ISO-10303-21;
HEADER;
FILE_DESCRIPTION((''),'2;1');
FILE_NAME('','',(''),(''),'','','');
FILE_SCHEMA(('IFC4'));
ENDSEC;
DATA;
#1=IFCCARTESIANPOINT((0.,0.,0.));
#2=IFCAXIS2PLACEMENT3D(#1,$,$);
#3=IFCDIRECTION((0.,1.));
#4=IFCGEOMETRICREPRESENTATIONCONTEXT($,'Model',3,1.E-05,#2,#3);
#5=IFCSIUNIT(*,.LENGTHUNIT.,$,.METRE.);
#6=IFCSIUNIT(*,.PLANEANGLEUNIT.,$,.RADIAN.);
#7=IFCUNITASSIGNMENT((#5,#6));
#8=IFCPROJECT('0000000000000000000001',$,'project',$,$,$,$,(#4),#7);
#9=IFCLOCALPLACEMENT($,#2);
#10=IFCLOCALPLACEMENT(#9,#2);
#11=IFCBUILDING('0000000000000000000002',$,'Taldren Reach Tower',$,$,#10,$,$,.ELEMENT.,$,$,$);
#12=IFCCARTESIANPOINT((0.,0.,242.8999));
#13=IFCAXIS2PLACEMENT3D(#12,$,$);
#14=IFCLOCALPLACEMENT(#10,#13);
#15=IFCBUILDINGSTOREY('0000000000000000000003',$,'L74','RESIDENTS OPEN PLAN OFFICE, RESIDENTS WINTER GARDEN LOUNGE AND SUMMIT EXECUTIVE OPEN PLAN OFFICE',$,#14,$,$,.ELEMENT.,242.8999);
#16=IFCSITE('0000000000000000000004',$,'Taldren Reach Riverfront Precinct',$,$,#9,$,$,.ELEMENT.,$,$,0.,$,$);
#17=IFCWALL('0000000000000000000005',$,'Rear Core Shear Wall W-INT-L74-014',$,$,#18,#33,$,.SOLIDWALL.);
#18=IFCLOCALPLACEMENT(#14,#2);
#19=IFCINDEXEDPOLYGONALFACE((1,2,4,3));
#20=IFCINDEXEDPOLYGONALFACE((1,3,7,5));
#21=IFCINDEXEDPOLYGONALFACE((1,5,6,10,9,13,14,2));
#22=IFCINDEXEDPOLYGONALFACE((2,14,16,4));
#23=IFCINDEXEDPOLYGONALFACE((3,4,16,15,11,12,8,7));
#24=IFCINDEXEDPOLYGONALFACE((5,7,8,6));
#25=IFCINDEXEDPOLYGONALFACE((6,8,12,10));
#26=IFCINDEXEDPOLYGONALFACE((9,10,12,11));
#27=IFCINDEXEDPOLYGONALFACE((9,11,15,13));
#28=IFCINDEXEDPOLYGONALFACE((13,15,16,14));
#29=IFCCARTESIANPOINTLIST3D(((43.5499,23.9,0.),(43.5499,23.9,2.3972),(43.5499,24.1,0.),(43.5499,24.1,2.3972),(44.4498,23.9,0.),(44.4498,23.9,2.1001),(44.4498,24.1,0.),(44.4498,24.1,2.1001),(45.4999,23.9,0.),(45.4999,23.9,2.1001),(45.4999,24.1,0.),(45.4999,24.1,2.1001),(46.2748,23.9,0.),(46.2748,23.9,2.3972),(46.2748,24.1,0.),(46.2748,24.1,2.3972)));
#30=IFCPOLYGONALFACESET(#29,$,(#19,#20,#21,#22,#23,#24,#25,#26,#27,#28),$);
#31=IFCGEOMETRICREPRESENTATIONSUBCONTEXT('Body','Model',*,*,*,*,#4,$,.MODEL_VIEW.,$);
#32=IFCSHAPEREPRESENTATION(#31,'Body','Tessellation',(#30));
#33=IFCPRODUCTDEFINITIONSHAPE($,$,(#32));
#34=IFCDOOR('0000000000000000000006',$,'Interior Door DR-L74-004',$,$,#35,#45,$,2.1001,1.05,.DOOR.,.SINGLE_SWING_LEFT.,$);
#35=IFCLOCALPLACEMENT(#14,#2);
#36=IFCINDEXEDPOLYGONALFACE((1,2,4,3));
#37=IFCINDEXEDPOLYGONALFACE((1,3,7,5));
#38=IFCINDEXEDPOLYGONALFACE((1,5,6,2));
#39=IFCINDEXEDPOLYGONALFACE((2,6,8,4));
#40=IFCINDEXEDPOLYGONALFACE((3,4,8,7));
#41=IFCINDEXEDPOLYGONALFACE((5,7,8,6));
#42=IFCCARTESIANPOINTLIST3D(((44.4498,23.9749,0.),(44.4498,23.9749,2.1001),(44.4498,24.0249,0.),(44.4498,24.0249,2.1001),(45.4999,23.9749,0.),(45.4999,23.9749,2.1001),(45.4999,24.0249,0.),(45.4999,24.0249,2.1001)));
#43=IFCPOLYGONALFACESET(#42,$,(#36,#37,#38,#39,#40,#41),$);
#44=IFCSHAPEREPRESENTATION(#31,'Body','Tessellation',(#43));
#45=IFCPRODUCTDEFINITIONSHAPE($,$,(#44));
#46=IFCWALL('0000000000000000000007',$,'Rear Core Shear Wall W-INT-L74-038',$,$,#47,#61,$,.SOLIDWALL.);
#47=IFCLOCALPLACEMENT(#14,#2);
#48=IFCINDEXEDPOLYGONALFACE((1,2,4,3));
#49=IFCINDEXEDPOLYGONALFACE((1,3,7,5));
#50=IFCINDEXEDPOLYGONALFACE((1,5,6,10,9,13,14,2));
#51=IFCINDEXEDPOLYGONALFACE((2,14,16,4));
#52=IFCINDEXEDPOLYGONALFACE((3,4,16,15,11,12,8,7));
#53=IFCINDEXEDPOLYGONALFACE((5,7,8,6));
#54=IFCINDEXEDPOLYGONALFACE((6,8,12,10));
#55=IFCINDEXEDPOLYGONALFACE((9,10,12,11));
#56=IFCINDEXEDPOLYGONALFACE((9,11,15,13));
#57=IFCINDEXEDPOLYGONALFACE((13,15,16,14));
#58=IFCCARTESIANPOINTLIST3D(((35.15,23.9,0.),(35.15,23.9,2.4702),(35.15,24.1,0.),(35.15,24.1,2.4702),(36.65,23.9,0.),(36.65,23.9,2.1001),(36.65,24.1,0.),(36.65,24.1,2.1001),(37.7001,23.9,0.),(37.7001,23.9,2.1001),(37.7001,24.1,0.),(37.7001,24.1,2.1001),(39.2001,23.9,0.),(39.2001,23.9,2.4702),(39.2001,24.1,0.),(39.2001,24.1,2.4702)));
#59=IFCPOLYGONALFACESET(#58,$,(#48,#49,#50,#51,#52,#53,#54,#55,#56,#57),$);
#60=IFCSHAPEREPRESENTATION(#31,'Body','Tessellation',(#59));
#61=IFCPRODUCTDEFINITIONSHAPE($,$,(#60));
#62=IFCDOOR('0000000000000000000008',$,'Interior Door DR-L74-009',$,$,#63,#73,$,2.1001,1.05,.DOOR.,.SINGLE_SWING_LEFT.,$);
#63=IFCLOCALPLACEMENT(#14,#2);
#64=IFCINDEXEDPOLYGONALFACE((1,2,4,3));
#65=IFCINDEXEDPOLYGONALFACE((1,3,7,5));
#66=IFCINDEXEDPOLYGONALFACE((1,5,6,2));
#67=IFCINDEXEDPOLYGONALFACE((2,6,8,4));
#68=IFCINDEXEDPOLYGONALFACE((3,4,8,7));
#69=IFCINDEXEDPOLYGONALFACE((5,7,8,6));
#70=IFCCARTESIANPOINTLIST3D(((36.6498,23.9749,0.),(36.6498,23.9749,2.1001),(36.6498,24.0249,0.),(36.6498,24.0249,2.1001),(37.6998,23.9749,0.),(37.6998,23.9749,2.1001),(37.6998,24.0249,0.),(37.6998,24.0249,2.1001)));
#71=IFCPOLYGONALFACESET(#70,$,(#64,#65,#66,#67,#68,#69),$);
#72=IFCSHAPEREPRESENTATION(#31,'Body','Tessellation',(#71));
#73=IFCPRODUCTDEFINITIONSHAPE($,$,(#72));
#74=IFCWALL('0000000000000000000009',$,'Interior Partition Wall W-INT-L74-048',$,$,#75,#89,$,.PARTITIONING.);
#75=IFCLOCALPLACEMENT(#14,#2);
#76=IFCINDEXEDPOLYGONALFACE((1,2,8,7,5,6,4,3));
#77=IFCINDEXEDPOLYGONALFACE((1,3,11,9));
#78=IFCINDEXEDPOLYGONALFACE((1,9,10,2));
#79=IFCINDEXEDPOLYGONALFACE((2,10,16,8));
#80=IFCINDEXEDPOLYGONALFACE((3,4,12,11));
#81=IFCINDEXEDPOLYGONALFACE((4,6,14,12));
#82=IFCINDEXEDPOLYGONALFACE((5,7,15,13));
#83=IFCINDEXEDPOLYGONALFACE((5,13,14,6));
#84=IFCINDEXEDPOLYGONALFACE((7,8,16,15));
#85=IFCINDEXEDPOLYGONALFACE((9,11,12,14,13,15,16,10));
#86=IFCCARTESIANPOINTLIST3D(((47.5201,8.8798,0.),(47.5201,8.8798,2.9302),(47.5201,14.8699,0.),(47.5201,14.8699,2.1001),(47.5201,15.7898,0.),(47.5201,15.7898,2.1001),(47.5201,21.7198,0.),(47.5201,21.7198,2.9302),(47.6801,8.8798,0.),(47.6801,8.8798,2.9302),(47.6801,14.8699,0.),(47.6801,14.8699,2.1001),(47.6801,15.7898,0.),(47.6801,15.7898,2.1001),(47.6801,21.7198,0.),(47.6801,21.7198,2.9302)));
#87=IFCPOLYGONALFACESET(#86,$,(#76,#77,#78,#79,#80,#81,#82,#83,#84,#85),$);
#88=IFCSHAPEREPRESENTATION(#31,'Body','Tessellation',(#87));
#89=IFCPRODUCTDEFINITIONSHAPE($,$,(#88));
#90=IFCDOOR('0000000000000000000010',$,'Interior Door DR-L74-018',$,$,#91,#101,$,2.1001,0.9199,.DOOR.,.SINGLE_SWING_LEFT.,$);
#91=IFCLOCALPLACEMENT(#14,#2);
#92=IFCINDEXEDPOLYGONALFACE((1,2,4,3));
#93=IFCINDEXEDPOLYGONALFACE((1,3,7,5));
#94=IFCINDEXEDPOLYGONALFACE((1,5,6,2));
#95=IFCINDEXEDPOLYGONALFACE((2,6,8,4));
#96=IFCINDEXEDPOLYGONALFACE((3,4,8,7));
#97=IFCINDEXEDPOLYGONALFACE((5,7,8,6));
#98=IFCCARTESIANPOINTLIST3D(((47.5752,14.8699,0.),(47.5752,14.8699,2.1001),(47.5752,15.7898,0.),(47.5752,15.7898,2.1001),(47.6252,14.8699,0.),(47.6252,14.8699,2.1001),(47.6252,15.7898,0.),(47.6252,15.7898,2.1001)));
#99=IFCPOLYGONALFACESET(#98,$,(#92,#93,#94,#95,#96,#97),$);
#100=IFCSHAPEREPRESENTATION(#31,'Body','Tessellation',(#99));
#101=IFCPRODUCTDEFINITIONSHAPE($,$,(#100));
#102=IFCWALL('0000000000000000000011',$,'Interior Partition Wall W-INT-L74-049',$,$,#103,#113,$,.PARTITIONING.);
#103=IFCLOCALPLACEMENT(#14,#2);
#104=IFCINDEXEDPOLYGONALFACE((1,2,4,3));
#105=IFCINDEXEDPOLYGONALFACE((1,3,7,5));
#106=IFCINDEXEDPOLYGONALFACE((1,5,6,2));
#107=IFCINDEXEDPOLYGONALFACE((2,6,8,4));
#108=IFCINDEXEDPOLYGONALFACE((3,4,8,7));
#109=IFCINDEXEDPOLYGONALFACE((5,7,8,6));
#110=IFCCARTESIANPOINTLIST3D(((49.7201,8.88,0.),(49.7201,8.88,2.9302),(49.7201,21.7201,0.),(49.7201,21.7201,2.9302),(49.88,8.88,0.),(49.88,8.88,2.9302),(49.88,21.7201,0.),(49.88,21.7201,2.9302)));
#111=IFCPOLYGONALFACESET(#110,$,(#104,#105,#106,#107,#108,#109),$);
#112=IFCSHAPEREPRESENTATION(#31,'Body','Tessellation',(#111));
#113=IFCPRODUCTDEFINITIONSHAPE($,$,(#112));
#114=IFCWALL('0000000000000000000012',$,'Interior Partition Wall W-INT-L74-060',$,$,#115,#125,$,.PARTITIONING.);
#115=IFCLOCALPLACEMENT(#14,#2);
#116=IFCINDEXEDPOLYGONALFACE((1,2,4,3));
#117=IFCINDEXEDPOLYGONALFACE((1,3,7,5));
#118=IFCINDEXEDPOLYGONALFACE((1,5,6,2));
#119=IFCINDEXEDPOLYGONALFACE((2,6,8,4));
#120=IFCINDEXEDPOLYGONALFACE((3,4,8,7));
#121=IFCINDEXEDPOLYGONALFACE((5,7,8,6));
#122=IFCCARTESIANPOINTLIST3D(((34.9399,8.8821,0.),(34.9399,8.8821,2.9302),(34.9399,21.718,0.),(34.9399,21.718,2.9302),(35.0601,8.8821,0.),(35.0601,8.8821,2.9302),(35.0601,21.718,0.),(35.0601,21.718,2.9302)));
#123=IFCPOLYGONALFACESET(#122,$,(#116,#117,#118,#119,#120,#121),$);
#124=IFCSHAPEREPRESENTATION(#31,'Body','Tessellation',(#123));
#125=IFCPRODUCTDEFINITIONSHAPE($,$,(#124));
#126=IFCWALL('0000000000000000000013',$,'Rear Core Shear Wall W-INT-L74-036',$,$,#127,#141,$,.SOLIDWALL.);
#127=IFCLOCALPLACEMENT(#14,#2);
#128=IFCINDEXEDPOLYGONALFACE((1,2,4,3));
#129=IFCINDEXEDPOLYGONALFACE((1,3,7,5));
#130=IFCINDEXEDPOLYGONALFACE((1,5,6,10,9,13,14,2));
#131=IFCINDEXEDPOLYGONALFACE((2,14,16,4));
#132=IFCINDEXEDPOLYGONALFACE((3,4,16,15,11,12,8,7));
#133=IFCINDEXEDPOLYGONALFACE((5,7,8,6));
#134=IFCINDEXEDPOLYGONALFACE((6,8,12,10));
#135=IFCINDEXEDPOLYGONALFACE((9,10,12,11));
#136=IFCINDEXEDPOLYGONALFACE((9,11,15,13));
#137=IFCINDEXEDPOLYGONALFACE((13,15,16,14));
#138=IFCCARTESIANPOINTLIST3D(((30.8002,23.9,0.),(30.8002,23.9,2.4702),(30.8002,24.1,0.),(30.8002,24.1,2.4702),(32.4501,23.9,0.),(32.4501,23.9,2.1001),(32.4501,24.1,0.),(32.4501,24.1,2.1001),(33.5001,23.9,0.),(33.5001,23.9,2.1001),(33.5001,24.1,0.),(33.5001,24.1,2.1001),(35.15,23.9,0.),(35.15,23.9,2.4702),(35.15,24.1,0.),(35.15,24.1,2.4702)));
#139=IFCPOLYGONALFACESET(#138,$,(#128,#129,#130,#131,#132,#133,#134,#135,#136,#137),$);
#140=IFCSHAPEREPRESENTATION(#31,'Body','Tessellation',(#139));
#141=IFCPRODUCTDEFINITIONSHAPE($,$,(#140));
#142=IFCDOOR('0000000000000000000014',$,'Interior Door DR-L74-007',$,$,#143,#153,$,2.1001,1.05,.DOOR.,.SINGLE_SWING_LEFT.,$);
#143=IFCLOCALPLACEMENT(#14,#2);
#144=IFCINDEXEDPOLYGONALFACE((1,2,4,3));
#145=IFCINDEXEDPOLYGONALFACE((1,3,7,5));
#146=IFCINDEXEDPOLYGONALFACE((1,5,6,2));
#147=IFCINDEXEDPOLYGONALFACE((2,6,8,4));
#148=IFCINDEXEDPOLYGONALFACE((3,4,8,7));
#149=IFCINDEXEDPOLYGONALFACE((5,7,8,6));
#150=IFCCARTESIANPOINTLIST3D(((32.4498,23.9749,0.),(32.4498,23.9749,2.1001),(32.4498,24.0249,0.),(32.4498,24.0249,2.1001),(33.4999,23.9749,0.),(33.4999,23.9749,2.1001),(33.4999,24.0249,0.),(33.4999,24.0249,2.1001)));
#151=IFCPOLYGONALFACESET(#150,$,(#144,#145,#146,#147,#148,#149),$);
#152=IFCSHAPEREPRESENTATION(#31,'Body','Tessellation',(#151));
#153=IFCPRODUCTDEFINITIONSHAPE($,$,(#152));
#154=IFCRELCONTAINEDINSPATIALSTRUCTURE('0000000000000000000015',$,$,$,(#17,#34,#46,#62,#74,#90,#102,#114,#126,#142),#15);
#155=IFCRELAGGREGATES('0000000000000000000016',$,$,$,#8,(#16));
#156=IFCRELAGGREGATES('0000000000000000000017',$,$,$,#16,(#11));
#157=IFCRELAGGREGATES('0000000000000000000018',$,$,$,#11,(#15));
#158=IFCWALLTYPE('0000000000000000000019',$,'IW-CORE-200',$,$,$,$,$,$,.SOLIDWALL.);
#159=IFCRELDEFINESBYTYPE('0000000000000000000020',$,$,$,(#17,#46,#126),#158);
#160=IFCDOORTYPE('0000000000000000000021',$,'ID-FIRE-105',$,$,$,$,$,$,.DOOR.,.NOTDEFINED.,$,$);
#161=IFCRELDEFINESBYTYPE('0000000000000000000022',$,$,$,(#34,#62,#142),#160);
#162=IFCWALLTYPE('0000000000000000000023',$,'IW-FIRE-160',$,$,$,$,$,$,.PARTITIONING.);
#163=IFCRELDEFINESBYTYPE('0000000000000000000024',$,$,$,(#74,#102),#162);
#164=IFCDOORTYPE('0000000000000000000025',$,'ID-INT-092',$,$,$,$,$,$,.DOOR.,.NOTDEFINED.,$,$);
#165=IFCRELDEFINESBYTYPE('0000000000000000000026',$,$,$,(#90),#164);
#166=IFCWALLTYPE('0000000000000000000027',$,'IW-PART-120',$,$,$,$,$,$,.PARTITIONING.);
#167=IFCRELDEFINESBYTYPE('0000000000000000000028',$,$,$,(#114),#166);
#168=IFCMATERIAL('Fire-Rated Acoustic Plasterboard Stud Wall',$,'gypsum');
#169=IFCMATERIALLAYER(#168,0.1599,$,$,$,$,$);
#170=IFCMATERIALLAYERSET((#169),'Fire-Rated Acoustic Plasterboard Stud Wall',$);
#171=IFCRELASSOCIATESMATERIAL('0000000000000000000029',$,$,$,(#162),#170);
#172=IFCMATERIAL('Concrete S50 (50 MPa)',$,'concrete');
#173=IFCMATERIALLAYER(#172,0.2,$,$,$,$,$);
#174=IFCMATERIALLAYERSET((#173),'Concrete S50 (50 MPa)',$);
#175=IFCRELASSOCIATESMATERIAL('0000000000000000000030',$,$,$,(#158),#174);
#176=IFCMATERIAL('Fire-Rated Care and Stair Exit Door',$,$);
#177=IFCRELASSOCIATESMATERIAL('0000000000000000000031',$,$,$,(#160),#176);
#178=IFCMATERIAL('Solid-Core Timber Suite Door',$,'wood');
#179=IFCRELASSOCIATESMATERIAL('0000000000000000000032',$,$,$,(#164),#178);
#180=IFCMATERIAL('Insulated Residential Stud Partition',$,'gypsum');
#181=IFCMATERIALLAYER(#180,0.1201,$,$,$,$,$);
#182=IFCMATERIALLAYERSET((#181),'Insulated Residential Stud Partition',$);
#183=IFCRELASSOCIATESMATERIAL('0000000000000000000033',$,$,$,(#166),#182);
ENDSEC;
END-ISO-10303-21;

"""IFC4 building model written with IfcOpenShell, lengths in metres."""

from ifc_helpers import new_model, si_unit, direction, frame, frame_2d, origin, place, context, subcontext, project, spatial, rectangle, extrude, source, transform, mapped, material, layer, layer_set, type_object, element, fill, save


model = new_model("IFC4")

# Units and contexts
model_context = context("Model", 3, precision=1e-05, world=origin(), true_north=direction((0.0, 1.0)))
body_context = subcontext(model_context, "Body", "Model", "MODEL_VIEW")
ifc_project = project(units=[si_unit("LENGTHUNIT", "METRE"), si_unit("PLANEANGLEUNIT", "RADIAN")], contexts=[model_context])

# Site, building, storey
site_placement = place(None, origin())
site = spatial("IfcSite", under=ifc_project, at=site_placement, Name="Taldren Reach Riverfront Precinct", CompositionType="ELEMENT", RefElevation=0.0)
building_placement = place(site_placement, origin())
building = spatial("IfcBuilding", under=site, at=building_placement, Name="Taldren Reach Tower", CompositionType="ELEMENT")
storey_placement = place(building_placement, frame((0.0, 0.0, 242.8999)))
storey = spatial("IfcBuildingStorey", under=building, at=storey_placement, Name="L74", Description="RESIDENTS OPEN PLAN OFFICE, RESIDENTS WINTER GARDEN LOUNGE AND SUMMIT EXECUTIVE OPEN PLAN OFFICE", CompositionType="ELEMENT", Elevation=242.8999)

# Shared definitions
ifc_material_1 = material(Name="Fire-Rated Acoustic Plasterboard Stud Wall", Category="gypsum")
ifc_layer_1 = layer(ifc_material_1, 0.1599)
ifc_layer_set_1 = layer_set([ifc_layer_1], Name="Fire-Rated Acoustic Plasterboard Stud Wall")
wall_type_1 = type_object("IfcWallType", Name="IW-FIRE-160", PredefinedType="PARTITIONING", material=ifc_layer_set_1)

# Walls, openings, doors
ifc_material_2 = material(Name="Concrete S50 (50 MPa)", Category="concrete")
ifc_layer_2 = layer(ifc_material_2, 0.2)
ifc_layer_set_2 = layer_set([ifc_layer_2], Name="Concrete S50 (50 MPa)")
wall_type_2 = type_object("IfcWallType", Name="IW-CORE-200", PredefinedType="SOLIDWALL", material=ifc_layer_set_2)
shared_shape_1 = source(origin(), body_context, "Body", "SweptSolid", [
    extrude(rectangle(XDim=2.7249, YDim=0.2, at=frame_2d((1.3623, 0.0))), origin(), (0.0, 0.0, 1.0), 2.3972),
])
wall_1_placement = place(storey_placement, frame((43.55, 24.0, 0.0), z_axis=(0.0, 0.0, 1.0), x_axis=(1.0, 0.0, 0.0)))
wall_1 = element("IfcWall", 1, at=wall_1_placement, inside=storey, type_object=wall_type_2, Name="Rear Core Shear Wall W-INT-L74-014", PredefinedType="SOLIDWALL", context=body_context, shape_type="MappedRepresentation", body=[
    mapped(shared_shape_1, transform((0.0, 0.0, 0.0), scale=1.0)),
])
shared_shape_2 = source(origin(), body_context, "Body", "SweptSolid", [
    extrude(rectangle(XDim=1.05, YDim=2.1001, at=frame_2d((0.5249, 1.05))), frame((0.0, 0.1099, 0.0), z_axis=(0.0, -1.0, 0.0), x_axis=(1.0, 0.0, 0.0)), (0.0, 0.0, 1.0), 0.22),
])
opening_1_placement = place(wall_1_placement, frame((0.8999, 0.0, 0.0)))
opening_1 = element("IfcOpeningElement", 2, at=opening_1_placement, cuts=wall_1, PredefinedType="OPENING", context=body_context, shape_type="MappedRepresentation", body=[
    mapped(shared_shape_2, transform((0.0, 0.0, 0.0), scale=1.0)),
])
ifc_material_3 = material(Name="Fire-Rated Care and Stair Exit Door")
door_type_1 = type_object("IfcDoorType", Name="ID-FIRE-105", OperationType="NOTDEFINED", PredefinedType="DOOR", material=ifc_material_3)
shared_shape_3 = source(origin(), body_context, "Body", "SweptSolid", [
    extrude(rectangle(XDim=1.05, YDim=2.1001, at=frame_2d((0.5249, 1.05))), frame((0.0, 0.0249, 0.0), z_axis=(0.0, -1.0, 0.0), x_axis=(1.0, 0.0, 0.0)), (0.0, 0.0, 1.0), 0.05),
])
door_1_placement = place(opening_1_placement, origin())
door_1 = element("IfcDoor", 3, at=door_1_placement, inside=storey, type_object=door_type_1, Name="Interior Door DR-L74-004", OperationType="SINGLE_SWING_LEFT", OverallHeight=2.1001, OverallWidth=1.05, PredefinedType="DOOR", context=body_context, shape_type="MappedRepresentation", body=[
    mapped(shared_shape_3, transform((0.0, 0.0, 0.0), scale=1.0)),
])
fill(opening_1, door_1)
shared_shape_4 = source(origin(), body_context, "Body", "SweptSolid", [
    extrude(rectangle(XDim=4.05, YDim=0.2, at=frame_2d((2.0249, 0.0))), origin(), (0.0, 0.0, 1.0), 2.4702),
])
wall_2_placement = place(storey_placement, frame((39.2, 24.0, 0.0), z_axis=(0.0, 0.0, 1.0), x_axis=(-1.0, 0.0, 0.0)))
wall_2 = element("IfcWall", 4, at=wall_2_placement, inside=storey, type_object=wall_type_2, Name="Rear Core Shear Wall W-INT-L74-038", PredefinedType="SOLIDWALL", context=body_context, shape_type="MappedRepresentation", body=[
    mapped(shared_shape_4, transform((0.0, 0.0, 0.0), scale=1.0)),
])
opening_2_placement = place(wall_2_placement, frame((1.5, 0.0, 0.0)))
opening_2 = element("IfcOpeningElement", 5, at=opening_2_placement, cuts=wall_2, PredefinedType="OPENING", context=body_context, shape_type="MappedRepresentation", body=[
    mapped(shared_shape_2, transform((0.0, 0.0, 0.0), scale=1.0)),
])
door_2_placement = place(opening_2_placement, frame((1.05, 0.0, 0.0), z_axis=(0.0, 0.0, 1.0), x_axis=(-1.0, 0.0, 0.0)))
door_2 = element("IfcDoor", 6, at=door_2_placement, inside=storey, type_object=door_type_1, Name="Interior Door DR-L74-009", OperationType="SINGLE_SWING_LEFT", OverallHeight=2.1001, OverallWidth=1.05, PredefinedType="DOOR", context=body_context, shape_type="MappedRepresentation", body=[
    mapped(shared_shape_3, transform((0.0, 0.0, 0.0), scale=1.0)),
])
fill(opening_2, door_2)
shared_shape_5 = source(origin(), body_context, "Body", "SweptSolid", [
    extrude(rectangle(XDim=12.8401, YDim=0.1599, at=frame_2d((6.4199, 0.0))), origin(), (0.0, 0.0, 1.0), 2.9302),
])
wall_3_placement = place(storey_placement, frame((47.6001, 8.8799, 0.0), z_axis=(0.0, 0.0, 1.0), x_axis=(0.0, 1.0, 0.0)))
wall_3 = element("IfcWall", 7, at=wall_3_placement, inside=storey, type_object=wall_type_1, Name="Interior Partition Wall W-INT-L74-048", PredefinedType="PARTITIONING", context=body_context, shape_type="MappedRepresentation", body=[
    mapped(shared_shape_5, transform((0.0, 0.0, 0.0), scale=1.0)),
])
shared_shape_6 = source(origin(), body_context, "Body", "SweptSolid", [
    extrude(rectangle(XDim=0.9199, YDim=2.1001, at=frame_2d((0.46, 1.05))), frame((0.0, 0.0898, 0.0), z_axis=(0.0, -1.0, 0.0), x_axis=(1.0, 0.0, 0.0)), (0.0, 0.0, 1.0), 0.1799),
])
opening_3_placement = place(wall_3_placement, frame((5.99, 0.0, 0.0)))
opening_3 = element("IfcOpeningElement", 8, at=opening_3_placement, cuts=wall_3, PredefinedType="OPENING", context=body_context, shape_type="MappedRepresentation", body=[
    mapped(shared_shape_6, transform((0.0, 0.0, 0.0), scale=1.0)),
])
ifc_material_4 = material(Name="Solid-Core Timber Suite Door", Category="wood")
door_type_2 = type_object("IfcDoorType", Name="ID-INT-092", OperationType="NOTDEFINED", PredefinedType="DOOR", material=ifc_material_4)
shared_shape_7 = source(origin(), body_context, "Body", "SweptSolid", [
    extrude(rectangle(XDim=0.9199, YDim=2.1001, at=frame_2d((0.46, 1.05))), frame((0.0, 0.0249, 0.0), z_axis=(0.0, -1.0, 0.0), x_axis=(1.0, 0.0, 0.0)), (0.0, 0.0, 1.0), 0.05),
])
door_3_placement = place(opening_3_placement, origin())
door_3 = element("IfcDoor", 9, at=door_3_placement, inside=storey, type_object=door_type_2, Name="Interior Door DR-L74-018", OperationType="SINGLE_SWING_LEFT", OverallHeight=2.1001, OverallWidth=0.9199, PredefinedType="DOOR", context=body_context, shape_type="MappedRepresentation", body=[
    mapped(shared_shape_7, transform((0.0, 0.0, 0.0), scale=1.0)),
])
fill(opening_3, door_3)

# Walls
wall_4_placement = place(storey_placement, frame((49.8, 21.72, 0.0), z_axis=(0.0, 0.0, 1.0), x_axis=(0.0, -1.0, 0.0)))
element("IfcWall", 10, at=wall_4_placement, inside=storey, type_object=wall_type_1, Name="Interior Partition Wall W-INT-L74-049", PredefinedType="PARTITIONING", context=body_context, shape_type="MappedRepresentation", body=[
    mapped(shared_shape_5, transform((0.0, 0.0, 0.0), scale=1.0)),
])
ifc_material_5 = material(Name="Insulated Residential Stud Partition", Category="gypsum")
ifc_layer_3 = layer(ifc_material_5, 0.1201)
ifc_layer_set_3 = layer_set([ifc_layer_3], Name="Insulated Residential Stud Partition")
wall_type_3 = type_object("IfcWallType", Name="IW-PART-120", PredefinedType="PARTITIONING", material=ifc_layer_set_3)
shared_shape_8 = source(origin(), body_context, "Body", "SweptSolid", [
    extrude(rectangle(XDim=12.8359, YDim=0.1201, at=frame_2d((6.418, 0.0))), origin(), (0.0, 0.0, 1.0), 2.9302),
])
wall_5_placement = place(storey_placement, frame((35.0, 21.718, 0.0), z_axis=(0.0, 0.0, 1.0), x_axis=(0.0, -1.0, 0.0)))
element("IfcWall", 11, at=wall_5_placement, inside=storey, type_object=wall_type_3, Name="Interior Partition Wall W-INT-L74-060", PredefinedType="PARTITIONING", context=body_context, shape_type="MappedRepresentation", body=[
    mapped(shared_shape_8, transform((0.0, 0.0, 0.0), scale=1.0)),
])

# Wall, opening, door
shared_shape_9 = source(origin(), body_context, "Body", "SweptSolid", [
    extrude(rectangle(XDim=4.3499, YDim=0.2, at=frame_2d((2.1748, 0.0))), origin(), (0.0, 0.0, 1.0), 2.4702),
])
wall_6_placement = place(storey_placement, frame((35.1499, 24.0, 0.0), z_axis=(0.0, 0.0, 1.0), x_axis=(-1.0, 0.0, 0.0)))
wall_6 = element("IfcWall", 12, at=wall_6_placement, inside=storey, type_object=wall_type_2, Name="Rear Core Shear Wall W-INT-L74-036", PredefinedType="SOLIDWALL", context=body_context, shape_type="MappedRepresentation", body=[
    mapped(shared_shape_9, transform((0.0, 0.0, 0.0), scale=1.0)),
])
opening_4_placement = place(wall_6_placement, frame((1.6499, 0.0, 0.0)))
opening_4 = element("IfcOpeningElement", 13, at=opening_4_placement, cuts=wall_6, PredefinedType="OPENING", context=body_context, shape_type="MappedRepresentation", body=[
    mapped(shared_shape_2, transform((0.0, 0.0, 0.0), scale=1.0)),
])
door_4_placement = place(opening_4_placement, frame((1.05, 0.0, 0.0), z_axis=(0.0, 0.0, 1.0), x_axis=(-1.0, 0.0, 0.0)))
door_4 = element("IfcDoor", 14, at=door_4_placement, inside=storey, type_object=door_type_1, Name="Interior Door DR-L74-007", OperationType="SINGLE_SWING_LEFT", OverallHeight=2.1001, OverallWidth=1.05, PredefinedType="DOOR", context=body_context, shape_type="MappedRepresentation", body=[
    mapped(shared_shape_3, transform((0.0, 0.0, 0.0), scale=1.0)),
])
fill(opening_4, door_4)

save(model, "model.ifc")
